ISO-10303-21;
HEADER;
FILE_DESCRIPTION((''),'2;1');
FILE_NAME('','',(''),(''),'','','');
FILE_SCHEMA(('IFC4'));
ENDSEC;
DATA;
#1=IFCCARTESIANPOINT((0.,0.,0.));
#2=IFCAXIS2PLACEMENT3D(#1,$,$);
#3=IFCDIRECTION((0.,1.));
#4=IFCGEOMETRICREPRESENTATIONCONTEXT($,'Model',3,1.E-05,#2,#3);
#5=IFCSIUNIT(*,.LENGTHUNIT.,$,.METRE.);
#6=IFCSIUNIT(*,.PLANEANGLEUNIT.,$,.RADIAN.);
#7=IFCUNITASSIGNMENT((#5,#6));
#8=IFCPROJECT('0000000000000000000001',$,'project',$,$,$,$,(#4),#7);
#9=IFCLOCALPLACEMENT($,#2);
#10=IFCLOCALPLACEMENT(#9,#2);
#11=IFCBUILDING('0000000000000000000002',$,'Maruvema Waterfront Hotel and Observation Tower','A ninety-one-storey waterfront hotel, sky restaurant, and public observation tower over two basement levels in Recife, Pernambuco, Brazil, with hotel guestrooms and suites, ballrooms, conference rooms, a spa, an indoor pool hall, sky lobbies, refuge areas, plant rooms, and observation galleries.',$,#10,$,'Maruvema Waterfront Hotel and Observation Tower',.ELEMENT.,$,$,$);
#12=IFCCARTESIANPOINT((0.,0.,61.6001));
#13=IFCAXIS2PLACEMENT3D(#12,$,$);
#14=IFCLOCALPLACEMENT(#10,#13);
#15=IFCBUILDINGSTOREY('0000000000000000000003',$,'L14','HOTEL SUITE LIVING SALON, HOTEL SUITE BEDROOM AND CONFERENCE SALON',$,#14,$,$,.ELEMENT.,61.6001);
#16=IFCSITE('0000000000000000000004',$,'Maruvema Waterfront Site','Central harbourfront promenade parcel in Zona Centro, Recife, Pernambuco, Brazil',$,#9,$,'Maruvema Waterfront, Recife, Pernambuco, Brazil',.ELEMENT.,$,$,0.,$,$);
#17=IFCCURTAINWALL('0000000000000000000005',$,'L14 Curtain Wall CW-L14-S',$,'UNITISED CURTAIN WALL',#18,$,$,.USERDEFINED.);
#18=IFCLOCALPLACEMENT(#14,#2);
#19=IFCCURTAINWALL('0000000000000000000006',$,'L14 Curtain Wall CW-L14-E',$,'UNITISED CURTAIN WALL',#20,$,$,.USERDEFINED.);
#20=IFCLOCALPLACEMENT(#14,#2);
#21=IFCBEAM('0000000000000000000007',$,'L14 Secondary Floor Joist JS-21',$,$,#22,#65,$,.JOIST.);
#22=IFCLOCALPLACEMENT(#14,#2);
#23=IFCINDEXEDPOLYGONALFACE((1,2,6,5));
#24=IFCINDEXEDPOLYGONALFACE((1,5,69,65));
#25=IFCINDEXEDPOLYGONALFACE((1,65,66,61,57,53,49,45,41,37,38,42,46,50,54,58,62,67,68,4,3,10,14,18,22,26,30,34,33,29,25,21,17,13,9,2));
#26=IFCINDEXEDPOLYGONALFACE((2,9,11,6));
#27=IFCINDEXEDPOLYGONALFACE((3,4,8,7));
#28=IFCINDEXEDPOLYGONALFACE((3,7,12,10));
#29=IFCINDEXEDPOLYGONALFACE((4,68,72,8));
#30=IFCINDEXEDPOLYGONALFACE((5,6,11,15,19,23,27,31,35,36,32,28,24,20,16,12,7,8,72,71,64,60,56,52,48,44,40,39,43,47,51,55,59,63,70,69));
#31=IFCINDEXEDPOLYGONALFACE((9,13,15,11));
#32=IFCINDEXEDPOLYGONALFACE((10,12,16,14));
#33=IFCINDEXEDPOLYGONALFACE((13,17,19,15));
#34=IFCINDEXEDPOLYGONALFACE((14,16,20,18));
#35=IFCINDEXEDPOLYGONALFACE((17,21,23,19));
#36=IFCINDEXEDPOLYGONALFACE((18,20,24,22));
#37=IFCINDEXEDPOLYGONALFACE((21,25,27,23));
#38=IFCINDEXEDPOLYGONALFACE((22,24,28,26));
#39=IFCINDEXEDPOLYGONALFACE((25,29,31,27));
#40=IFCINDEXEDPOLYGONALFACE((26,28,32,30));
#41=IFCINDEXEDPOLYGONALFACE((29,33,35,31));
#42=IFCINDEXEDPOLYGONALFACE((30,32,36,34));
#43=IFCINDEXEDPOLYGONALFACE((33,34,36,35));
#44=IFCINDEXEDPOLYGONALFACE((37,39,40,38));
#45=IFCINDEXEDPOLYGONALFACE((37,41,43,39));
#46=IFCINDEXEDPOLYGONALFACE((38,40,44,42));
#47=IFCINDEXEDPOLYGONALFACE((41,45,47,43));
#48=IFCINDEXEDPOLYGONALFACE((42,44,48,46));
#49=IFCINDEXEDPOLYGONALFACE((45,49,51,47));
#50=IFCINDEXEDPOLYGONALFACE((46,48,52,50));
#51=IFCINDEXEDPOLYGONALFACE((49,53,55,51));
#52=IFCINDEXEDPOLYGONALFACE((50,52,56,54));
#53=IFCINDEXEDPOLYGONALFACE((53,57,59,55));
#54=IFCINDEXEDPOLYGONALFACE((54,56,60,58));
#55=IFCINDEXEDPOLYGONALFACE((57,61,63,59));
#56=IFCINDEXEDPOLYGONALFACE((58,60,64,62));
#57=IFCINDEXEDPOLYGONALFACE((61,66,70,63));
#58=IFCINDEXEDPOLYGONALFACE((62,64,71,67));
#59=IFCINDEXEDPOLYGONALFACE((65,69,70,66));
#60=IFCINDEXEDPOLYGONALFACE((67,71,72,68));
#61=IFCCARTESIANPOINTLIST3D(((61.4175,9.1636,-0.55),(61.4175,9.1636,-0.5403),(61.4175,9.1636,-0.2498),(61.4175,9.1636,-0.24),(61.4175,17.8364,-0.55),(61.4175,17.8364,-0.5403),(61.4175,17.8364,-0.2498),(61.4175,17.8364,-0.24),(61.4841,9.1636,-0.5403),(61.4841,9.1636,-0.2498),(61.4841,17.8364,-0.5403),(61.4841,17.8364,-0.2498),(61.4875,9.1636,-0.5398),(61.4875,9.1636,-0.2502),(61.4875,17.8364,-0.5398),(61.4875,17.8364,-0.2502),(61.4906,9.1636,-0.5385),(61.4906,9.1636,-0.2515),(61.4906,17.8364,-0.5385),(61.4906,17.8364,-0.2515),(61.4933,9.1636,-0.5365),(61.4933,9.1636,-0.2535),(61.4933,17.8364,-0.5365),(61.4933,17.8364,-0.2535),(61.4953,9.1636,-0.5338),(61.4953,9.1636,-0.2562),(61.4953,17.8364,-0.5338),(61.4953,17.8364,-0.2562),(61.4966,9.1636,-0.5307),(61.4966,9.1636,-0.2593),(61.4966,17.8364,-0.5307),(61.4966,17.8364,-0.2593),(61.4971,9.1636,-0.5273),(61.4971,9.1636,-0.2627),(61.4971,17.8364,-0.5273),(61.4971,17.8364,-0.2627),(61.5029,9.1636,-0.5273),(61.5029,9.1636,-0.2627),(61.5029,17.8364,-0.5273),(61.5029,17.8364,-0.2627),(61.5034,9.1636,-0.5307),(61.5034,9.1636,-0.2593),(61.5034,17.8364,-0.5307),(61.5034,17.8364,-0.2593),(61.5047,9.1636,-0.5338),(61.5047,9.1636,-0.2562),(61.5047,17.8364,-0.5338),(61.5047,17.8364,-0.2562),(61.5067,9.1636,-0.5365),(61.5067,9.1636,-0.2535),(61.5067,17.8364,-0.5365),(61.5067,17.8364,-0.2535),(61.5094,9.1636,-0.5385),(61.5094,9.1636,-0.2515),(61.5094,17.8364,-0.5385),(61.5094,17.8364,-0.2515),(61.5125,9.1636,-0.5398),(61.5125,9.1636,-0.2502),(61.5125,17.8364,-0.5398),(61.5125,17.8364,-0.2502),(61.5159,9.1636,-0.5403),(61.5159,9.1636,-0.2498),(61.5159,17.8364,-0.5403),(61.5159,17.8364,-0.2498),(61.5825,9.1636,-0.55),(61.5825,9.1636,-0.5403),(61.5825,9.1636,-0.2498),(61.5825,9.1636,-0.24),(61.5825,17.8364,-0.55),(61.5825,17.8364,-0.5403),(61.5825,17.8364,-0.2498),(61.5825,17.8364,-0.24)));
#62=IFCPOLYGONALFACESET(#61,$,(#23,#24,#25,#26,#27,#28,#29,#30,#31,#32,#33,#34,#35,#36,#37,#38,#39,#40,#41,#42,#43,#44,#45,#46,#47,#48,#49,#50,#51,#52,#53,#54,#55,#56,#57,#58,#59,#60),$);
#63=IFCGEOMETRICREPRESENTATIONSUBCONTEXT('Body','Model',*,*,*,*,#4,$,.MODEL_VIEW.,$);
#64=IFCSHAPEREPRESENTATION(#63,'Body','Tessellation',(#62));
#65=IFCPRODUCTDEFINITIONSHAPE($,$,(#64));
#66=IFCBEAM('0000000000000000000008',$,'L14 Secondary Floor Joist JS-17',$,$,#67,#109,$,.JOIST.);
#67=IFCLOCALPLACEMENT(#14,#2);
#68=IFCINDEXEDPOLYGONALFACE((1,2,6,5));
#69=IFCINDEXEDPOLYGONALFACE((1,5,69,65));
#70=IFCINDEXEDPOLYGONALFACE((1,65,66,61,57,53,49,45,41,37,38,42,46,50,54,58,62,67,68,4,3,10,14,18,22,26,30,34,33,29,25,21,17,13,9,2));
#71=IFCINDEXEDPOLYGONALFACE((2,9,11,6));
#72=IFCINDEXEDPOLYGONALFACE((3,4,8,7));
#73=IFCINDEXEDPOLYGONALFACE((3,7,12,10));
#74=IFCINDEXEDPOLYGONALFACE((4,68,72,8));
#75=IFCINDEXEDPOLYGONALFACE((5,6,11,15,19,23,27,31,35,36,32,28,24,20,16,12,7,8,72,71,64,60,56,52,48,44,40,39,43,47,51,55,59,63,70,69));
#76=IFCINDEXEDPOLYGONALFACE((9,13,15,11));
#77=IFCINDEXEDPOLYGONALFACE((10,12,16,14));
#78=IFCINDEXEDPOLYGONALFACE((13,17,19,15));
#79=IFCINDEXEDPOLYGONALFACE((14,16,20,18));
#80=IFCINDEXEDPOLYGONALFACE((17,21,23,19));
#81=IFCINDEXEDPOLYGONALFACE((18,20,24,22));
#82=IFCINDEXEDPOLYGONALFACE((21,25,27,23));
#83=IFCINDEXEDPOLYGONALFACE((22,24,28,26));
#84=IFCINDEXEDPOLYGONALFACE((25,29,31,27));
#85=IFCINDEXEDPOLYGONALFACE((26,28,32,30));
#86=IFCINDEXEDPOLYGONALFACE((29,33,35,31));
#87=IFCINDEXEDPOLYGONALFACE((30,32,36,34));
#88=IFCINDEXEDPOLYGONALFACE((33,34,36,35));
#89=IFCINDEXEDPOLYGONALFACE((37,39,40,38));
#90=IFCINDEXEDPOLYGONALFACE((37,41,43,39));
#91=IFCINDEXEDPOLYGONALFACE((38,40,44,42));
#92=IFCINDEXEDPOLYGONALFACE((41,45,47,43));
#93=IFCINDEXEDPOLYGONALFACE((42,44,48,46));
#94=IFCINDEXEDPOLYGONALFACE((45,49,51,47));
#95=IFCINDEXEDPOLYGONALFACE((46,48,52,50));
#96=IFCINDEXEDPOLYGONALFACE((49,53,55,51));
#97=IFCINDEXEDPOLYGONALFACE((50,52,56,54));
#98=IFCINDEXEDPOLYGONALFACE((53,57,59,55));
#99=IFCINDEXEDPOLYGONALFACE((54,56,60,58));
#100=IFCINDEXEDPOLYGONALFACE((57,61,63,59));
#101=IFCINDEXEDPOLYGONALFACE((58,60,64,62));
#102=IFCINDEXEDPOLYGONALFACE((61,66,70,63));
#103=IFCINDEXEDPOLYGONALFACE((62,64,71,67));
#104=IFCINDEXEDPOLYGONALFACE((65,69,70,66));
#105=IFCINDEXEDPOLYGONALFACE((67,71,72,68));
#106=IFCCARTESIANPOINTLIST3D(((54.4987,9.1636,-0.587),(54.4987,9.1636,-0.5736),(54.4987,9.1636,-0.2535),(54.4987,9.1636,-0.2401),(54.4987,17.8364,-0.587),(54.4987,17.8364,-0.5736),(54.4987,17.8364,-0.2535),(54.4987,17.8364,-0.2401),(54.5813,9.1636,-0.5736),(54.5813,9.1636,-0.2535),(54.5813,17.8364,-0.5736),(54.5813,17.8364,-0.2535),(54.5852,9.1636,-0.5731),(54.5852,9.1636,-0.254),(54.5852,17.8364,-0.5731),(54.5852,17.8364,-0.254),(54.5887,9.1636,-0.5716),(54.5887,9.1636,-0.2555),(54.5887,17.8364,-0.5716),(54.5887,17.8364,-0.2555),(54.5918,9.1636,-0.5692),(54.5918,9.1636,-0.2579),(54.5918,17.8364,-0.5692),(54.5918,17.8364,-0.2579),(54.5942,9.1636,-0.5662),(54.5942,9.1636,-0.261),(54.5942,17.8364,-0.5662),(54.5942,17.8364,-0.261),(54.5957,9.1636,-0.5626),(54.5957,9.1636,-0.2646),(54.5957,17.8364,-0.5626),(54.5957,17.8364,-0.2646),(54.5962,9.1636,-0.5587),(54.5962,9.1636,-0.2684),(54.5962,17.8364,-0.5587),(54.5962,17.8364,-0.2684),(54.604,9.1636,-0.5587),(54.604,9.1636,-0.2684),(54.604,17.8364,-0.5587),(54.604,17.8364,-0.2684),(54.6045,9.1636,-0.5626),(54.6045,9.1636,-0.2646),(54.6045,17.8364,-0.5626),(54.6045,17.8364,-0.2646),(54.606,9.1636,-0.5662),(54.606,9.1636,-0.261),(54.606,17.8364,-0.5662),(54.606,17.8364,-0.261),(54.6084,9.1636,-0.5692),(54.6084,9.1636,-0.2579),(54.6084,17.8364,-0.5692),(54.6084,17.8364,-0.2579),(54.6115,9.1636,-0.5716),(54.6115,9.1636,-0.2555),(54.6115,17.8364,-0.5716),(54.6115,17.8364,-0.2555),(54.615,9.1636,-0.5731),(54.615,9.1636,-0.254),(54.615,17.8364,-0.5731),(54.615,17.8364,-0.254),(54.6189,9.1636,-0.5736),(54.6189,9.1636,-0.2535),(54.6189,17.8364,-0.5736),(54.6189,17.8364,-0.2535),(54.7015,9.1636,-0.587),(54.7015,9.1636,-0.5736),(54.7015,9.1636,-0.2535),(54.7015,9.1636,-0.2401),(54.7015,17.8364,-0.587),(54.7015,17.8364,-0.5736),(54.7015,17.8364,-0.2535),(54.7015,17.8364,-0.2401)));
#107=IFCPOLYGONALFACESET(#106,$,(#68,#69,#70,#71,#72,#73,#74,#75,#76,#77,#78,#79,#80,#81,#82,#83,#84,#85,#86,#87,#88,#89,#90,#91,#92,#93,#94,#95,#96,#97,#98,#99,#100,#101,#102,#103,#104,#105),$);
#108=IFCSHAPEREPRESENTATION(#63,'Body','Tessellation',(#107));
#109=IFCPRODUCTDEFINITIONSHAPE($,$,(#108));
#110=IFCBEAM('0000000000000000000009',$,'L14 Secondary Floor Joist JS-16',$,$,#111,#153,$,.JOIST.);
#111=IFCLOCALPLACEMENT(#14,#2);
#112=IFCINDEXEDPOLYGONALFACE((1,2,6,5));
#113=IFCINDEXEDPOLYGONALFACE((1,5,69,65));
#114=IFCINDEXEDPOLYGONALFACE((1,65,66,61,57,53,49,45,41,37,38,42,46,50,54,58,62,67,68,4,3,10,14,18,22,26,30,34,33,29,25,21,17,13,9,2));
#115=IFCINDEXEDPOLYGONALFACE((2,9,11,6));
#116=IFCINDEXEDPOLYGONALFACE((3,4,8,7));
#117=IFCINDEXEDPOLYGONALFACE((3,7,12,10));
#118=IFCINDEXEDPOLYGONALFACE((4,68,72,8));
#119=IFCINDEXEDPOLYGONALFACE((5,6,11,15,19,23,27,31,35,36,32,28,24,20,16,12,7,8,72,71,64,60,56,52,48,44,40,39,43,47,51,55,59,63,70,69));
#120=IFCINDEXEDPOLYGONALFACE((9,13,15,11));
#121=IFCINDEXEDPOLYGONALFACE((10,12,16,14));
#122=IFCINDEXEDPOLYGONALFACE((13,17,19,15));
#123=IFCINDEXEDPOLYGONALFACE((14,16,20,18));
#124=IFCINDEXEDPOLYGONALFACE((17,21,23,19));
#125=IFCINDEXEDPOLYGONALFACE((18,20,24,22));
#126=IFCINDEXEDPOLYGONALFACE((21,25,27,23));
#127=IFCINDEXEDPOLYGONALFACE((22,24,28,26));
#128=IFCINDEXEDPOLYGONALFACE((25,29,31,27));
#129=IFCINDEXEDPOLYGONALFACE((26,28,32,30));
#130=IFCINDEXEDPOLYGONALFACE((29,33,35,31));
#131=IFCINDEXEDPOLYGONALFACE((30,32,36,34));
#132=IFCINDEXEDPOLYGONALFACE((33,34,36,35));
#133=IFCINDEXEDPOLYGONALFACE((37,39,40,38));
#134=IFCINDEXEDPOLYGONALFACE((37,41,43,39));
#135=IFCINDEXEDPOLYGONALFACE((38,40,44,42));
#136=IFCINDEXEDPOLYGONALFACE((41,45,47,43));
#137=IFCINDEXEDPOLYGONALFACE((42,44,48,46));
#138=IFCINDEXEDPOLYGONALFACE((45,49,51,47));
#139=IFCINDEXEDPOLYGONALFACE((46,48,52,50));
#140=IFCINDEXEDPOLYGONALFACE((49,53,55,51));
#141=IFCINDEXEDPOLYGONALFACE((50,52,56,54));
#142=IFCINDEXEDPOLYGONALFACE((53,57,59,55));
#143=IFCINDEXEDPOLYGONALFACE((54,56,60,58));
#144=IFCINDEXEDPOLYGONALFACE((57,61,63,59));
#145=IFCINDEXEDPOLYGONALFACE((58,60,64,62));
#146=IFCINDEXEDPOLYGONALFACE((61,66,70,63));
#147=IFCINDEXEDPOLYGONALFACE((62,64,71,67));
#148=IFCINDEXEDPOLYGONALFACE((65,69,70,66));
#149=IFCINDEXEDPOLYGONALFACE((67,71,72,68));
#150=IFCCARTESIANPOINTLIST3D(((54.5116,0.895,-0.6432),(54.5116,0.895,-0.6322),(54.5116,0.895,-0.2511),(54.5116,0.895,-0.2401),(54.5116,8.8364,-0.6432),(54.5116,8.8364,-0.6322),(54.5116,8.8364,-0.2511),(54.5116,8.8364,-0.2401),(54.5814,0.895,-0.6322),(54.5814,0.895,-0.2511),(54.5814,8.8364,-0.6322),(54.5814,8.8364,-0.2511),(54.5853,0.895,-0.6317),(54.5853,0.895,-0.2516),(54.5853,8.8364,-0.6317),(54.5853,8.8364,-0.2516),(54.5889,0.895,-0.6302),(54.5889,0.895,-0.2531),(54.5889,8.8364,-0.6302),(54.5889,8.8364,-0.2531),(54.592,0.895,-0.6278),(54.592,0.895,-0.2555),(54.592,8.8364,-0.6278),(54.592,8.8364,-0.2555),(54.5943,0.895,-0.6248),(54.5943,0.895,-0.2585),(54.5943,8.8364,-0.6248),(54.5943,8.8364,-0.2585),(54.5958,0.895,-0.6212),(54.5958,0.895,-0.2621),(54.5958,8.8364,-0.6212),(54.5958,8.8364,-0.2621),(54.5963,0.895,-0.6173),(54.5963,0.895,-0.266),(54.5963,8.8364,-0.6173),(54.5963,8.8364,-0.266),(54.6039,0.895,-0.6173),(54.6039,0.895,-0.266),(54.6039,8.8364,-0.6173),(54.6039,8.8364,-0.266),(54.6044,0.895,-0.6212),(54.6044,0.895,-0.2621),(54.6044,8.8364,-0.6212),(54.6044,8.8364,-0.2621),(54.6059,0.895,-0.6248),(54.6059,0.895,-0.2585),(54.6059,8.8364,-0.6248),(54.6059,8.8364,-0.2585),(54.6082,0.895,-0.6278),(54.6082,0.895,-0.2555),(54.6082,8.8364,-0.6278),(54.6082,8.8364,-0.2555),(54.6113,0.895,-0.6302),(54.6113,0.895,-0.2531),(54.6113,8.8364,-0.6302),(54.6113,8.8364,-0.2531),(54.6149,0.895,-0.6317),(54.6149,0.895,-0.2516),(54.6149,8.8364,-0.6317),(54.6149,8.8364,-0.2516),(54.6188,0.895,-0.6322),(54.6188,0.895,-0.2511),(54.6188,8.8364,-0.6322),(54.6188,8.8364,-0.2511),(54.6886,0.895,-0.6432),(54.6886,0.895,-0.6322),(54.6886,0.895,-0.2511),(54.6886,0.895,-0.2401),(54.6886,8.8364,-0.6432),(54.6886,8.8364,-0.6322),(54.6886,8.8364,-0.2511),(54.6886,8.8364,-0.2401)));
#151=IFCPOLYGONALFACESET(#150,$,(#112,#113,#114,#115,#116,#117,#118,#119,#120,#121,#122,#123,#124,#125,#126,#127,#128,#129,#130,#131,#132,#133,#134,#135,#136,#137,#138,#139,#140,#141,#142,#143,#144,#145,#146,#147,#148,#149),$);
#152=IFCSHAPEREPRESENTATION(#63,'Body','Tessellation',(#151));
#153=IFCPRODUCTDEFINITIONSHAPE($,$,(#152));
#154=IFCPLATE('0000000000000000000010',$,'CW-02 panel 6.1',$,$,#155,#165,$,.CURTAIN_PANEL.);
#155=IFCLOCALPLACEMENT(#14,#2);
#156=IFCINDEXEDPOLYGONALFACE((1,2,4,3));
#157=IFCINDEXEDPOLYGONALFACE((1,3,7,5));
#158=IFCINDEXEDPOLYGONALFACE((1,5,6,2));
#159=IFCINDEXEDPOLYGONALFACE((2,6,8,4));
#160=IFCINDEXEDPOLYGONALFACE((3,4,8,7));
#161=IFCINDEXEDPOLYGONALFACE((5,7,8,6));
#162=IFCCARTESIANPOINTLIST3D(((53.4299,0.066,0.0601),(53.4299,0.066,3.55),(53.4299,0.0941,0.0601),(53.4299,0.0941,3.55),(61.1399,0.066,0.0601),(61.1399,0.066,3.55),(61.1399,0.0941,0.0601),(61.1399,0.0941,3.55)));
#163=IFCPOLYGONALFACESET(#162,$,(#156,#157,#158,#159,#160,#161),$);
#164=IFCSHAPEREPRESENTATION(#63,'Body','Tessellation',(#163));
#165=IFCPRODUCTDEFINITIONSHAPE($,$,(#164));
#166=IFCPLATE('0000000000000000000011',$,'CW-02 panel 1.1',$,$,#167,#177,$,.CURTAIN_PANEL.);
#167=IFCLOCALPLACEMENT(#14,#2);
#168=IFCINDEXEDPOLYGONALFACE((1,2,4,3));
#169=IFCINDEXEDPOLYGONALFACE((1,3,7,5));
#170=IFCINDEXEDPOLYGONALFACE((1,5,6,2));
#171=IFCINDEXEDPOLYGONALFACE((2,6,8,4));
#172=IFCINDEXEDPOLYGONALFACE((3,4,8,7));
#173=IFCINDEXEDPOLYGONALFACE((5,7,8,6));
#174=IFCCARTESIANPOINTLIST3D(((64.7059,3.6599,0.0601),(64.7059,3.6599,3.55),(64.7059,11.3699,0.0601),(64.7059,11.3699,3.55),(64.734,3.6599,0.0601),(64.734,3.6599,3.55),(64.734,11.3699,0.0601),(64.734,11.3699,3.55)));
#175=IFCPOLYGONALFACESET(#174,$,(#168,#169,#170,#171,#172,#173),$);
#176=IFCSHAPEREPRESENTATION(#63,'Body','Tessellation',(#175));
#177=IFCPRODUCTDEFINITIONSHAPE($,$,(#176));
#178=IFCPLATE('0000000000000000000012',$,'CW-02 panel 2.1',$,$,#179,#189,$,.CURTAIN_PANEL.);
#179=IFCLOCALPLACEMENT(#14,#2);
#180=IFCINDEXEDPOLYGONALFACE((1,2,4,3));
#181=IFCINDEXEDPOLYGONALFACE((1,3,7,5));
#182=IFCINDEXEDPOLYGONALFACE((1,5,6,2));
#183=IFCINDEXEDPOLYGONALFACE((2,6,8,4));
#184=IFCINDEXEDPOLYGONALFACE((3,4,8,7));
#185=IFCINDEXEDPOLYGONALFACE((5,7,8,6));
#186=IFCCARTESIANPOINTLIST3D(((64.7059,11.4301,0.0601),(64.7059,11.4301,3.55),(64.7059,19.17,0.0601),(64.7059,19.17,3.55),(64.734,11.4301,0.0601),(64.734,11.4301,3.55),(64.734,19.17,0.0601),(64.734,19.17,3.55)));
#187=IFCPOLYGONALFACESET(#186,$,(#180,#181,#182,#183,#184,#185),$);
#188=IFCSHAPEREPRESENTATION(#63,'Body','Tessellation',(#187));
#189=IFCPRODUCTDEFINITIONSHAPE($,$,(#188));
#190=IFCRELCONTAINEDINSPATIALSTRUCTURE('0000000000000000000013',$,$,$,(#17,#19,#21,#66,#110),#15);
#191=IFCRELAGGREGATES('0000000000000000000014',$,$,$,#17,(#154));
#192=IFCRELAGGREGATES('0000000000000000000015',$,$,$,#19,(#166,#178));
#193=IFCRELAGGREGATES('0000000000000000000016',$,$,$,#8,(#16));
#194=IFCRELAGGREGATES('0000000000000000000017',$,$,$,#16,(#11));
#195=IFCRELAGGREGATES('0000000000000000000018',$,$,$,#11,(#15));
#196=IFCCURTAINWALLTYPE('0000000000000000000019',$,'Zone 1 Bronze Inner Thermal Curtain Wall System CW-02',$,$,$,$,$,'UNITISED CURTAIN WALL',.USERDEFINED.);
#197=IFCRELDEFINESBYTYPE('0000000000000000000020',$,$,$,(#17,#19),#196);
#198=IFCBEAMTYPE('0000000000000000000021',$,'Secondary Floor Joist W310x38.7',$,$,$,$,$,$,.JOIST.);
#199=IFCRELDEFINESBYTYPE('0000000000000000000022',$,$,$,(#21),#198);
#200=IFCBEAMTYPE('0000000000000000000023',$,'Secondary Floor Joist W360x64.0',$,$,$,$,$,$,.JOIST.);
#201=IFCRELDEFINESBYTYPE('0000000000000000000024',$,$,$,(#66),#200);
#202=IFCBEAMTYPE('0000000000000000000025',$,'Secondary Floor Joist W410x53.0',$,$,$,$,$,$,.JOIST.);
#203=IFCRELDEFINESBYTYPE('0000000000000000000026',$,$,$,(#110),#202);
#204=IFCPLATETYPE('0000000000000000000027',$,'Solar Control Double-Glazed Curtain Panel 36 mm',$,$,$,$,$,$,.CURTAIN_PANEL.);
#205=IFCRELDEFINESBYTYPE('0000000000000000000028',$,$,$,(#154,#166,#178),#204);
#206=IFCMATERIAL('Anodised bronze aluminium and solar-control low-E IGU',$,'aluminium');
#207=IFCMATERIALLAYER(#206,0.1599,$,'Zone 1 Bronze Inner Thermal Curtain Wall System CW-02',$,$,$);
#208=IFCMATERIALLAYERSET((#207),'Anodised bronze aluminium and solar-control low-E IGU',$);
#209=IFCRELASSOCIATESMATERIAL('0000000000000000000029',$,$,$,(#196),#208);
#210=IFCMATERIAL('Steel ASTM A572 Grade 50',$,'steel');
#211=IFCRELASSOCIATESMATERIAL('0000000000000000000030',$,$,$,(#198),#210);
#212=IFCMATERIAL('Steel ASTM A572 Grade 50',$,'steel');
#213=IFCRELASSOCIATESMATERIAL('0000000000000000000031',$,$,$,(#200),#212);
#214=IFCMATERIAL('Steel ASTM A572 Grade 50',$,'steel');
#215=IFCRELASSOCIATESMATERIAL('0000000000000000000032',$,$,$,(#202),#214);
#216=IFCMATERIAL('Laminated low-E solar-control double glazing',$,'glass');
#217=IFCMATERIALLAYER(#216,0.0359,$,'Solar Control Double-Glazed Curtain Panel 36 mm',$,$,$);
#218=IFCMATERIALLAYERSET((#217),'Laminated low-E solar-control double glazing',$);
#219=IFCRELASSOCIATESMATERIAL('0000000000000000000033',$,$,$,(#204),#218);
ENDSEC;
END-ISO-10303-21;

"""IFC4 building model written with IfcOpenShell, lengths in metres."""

from ifc_helpers import new_model, si_unit, direction, frame, origin, origin_2d, place, context, subcontext, project, spatial, rectangle, i_section, extrude, material, layer, layer_set, material_profile, profile_set, type_object, element, aggregate, save


model = new_model("IFC4")

# Units and contexts
model_context = context("Model", 3, precision=1e-05, world=origin(), true_north=direction((0.0, 1.0)))
body_context = subcontext(model_context, "Body", "Model", "MODEL_VIEW")
ifc_project = project(units=[si_unit("LENGTHUNIT", "METRE"), si_unit("PLANEANGLEUNIT", "RADIAN")], contexts=[model_context])

# Site, building, storey
site_placement = place(None, origin())
site = spatial("IfcSite", under=ifc_project, at=site_placement, Name="Maruvema Waterfront Site", Description="Central harbourfront promenade parcel in Zona Centro, Recife, Pernambuco, Brazil", LongName="Maruvema Waterfront, Recife, Pernambuco, Brazil", CompositionType="ELEMENT", RefElevation=0.0)
building_placement = place(site_placement, origin())
building = spatial("IfcBuilding", under=site, at=building_placement, Name="Maruvema Waterfront Hotel and Observation Tower", Description="A ninety-one-storey waterfront hotel, sky restaurant, and public observation tower over two basement levels in Recife, Pernambuco, Brazil, with hotel guestrooms and suites, ballrooms, conference rooms, a spa, an indoor pool hall, sky lobbies, refuge areas, plant rooms, and observation galleries.", LongName="Maruvema Waterfront Hotel and Observation Tower", CompositionType="ELEMENT")
storey_placement = place(building_placement, frame((0.0, 0.0, 61.6001)))
storey = spatial("IfcBuildingStorey", under=building, at=storey_placement, Name="L14", Description="HOTEL SUITE LIVING SALON, HOTEL SUITE BEDROOM AND CONFERENCE SALON", CompositionType="ELEMENT", Elevation=61.6001)

# Curtain wall
ifc_material_1 = material(Name="Anodised bronze aluminium and solar-control low-E IGU", Category="aluminium")
ifc_layer_1 = layer(ifc_material_1, 0.1599, Name="Zone 1 Bronze Inner Thermal Curtain Wall System CW-02")
ifc_layer_set_1 = layer_set([ifc_layer_1], Name="Anodised bronze aluminium and solar-control low-E IGU")
curtain_wall_type = type_object("IfcCurtainWallType", Name="Zone 1 Bronze Inner Thermal Curtain Wall System CW-02", ElementType="UNITISED CURTAIN WALL", PredefinedType="USERDEFINED", material=ifc_layer_set_1)
curtain_wall_1_placement = place(storey_placement, origin())
curtain_wall_1 = element("IfcCurtainWall", 1, at=curtain_wall_1_placement, inside=storey, type_object=curtain_wall_type, Name="L14 Curtain Wall CW-L14-S", ObjectType="UNITISED CURTAIN WALL", PredefinedType="USERDEFINED")

# Curtain wall
curtain_wall_2_placement = place(storey_placement, origin())
curtain_wall_2 = element("IfcCurtainWall", 2, at=curtain_wall_2_placement, inside=storey, type_object=curtain_wall_type, Name="L14 Curtain Wall CW-L14-E", ObjectType="UNITISED CURTAIN WALL", PredefinedType="USERDEFINED")

# Beams
ifc_material_2 = material(Name="Steel ASTM A572 Grade 50", Category="steel")
ifc_material_profile_1 = material_profile(ifc_material_2, i_section(OverallWidth=0.165, OverallDepth=0.3101, WebThickness=0.0059, FlangeThickness=0.0098, FilletRadius=0.0129, at=origin_2d()), Name="W310x38.7")
ifc_profile_set_1 = profile_set([ifc_material_profile_1], Name="Steel ASTM A572 Grade 50")
beam_type_1 = type_object("IfcBeamType", Name="Secondary Floor Joist W310x38.7", PredefinedType="JOIST", material=ifc_profile_set_1)
beam_1_placement = place(storey_placement, frame((61.5, 9.1636, -0.395), z_axis=(0.0, 1.0, 0.0), x_axis=(-1.0, 0.0, 0.0)))
element("IfcBeam", 3, at=beam_1_placement, inside=storey, type_object=beam_type_1, Name="L14 Secondary Floor Joist JS-21", PredefinedType="JOIST", context=body_context, shape_type="SweptSolid", body=[
    extrude(i_section(OverallWidth=0.165, OverallDepth=0.3101, WebThickness=0.0059, FlangeThickness=0.0098, FilletRadius=0.0129, at=origin_2d()), origin(), (0.0, 0.0, 1.0), 8.6729),
])
ifc_material_3 = material(Name="Steel ASTM A572 Grade 50", Category="steel")
ifc_material_profile_2 = material_profile(ifc_material_3, i_section(OverallWidth=0.2029, OverallDepth=0.3469, WebThickness=0.0078, FlangeThickness=0.0134, FilletRadius=0.0149, at=origin_2d()), Name="W360x64.0")
ifc_profile_set_2 = profile_set([ifc_material_profile_2], Name="Steel ASTM A572 Grade 50")
beam_type_2 = type_object("IfcBeamType", Name="Secondary Floor Joist W360x64.0", PredefinedType="JOIST", material=ifc_profile_set_2)
beam_2_placement = place(storey_placement, frame((54.6001, 9.1636, -0.4136), z_axis=(0.0, 1.0, 0.0), x_axis=(-1.0, 0.0, 0.0)))
element("IfcBeam", 4, at=beam_2_placement, inside=storey, type_object=beam_type_2, Name="L14 Secondary Floor Joist JS-17", PredefinedType="JOIST", context=body_context, shape_type="SweptSolid", body=[
    extrude(i_section(OverallWidth=0.2029, OverallDepth=0.3469, WebThickness=0.0078, FlangeThickness=0.0134, FilletRadius=0.0149, at=origin_2d()), origin(), (0.0, 0.0, 1.0), 8.6729),
])
ifc_material_4 = material(Name="Steel ASTM A572 Grade 50", Category="steel")
ifc_material_profile_3 = material_profile(ifc_material_4, i_section(OverallWidth=0.177, OverallDepth=0.4031, WebThickness=0.0076, FlangeThickness=0.011, FilletRadius=0.0149, at=origin_2d()), Name="W410x53.0")
ifc_profile_set_3 = profile_set([ifc_material_profile_3], Name="Steel ASTM A572 Grade 50")
beam_type_3 = type_object("IfcBeamType", Name="Secondary Floor Joist W410x53.0", PredefinedType="JOIST", material=ifc_profile_set_3)
beam_3_placement = place(storey_placement, frame((54.6001, 0.895, -0.4417), z_axis=(0.0, 1.0, 0.0), x_axis=(-1.0, 0.0, 0.0)))
element("IfcBeam", 5, at=beam_3_placement, inside=storey, type_object=beam_type_3, Name="L14 Secondary Floor Joist JS-16", PredefinedType="JOIST", context=body_context, shape_type="SweptSolid", body=[
    extrude(i_section(OverallWidth=0.177, OverallDepth=0.4031, WebThickness=0.0076, FlangeThickness=0.011, FilletRadius=0.0149, at=origin_2d()), origin(), (0.0, 0.0, 1.0), 7.9414),
])

# Plates
ifc_material_5 = material(Name="Laminated low-E solar-control double glazing", Category="glass")
ifc_layer_2 = layer(ifc_material_5, 0.0359, Name="Solar Control Double-Glazed Curtain Panel 36 mm")
ifc_layer_set_2 = layer_set([ifc_layer_2], Name="Laminated low-E solar-control double glazing")
plate_type = type_object("IfcPlateType", Name="Solar Control Double-Glazed Curtain Panel 36 mm", PredefinedType="CURTAIN_PANEL", material=ifc_layer_set_2)
plate_1_placement = place(storey_placement, frame((57.2849, 0.0801, 0.0601), z_axis=(0.0, 0.0, 1.0), x_axis=(1.0, 0.0, 0.0)))
plate_1 = element("IfcPlate", 6, at=plate_1_placement, type_object=plate_type, Name="CW-02 panel 6.1", PredefinedType="CURTAIN_PANEL", context=body_context, shape_type="SweptSolid", body=[
    extrude(rectangle(XDim=7.71, YDim=0.0281, at=origin_2d()), origin(), (0.0, 0.0, 1.0), 3.49),
])
aggregate(curtain_wall_1, [plate_1])
plate_2_placement = place(storey_placement, frame((64.72, 7.5149, 0.0601), z_axis=(0.0, 0.0, 1.0), x_axis=(0.0, 1.0, 0.0)))
plate_2 = element("IfcPlate", 7, at=plate_2_placement, type_object=plate_type, Name="CW-02 panel 1.1", PredefinedType="CURTAIN_PANEL", context=body_context, shape_type="SweptSolid", body=[
    extrude(rectangle(XDim=7.71, YDim=0.0281, at=origin_2d()), origin(), (0.0, 0.0, 1.0), 3.49),
])
plate_3_placement = place(storey_placement, frame((64.72, 15.3, 0.0601), z_axis=(0.0, 0.0, 1.0), x_axis=(0.0, 1.0, 0.0)))
plate_3 = element("IfcPlate", 8, at=plate_3_placement, type_object=plate_type, Name="CW-02 panel 2.1", PredefinedType="CURTAIN_PANEL", context=body_context, shape_type="SweptSolid", body=[
    extrude(rectangle(XDim=7.74, YDim=0.0281, at=origin_2d()), origin(), (0.0, 0.0, 1.0), 3.49),
])
aggregate(curtain_wall_2, [plate_2, plate_3])

save(model, "model.ifc")
